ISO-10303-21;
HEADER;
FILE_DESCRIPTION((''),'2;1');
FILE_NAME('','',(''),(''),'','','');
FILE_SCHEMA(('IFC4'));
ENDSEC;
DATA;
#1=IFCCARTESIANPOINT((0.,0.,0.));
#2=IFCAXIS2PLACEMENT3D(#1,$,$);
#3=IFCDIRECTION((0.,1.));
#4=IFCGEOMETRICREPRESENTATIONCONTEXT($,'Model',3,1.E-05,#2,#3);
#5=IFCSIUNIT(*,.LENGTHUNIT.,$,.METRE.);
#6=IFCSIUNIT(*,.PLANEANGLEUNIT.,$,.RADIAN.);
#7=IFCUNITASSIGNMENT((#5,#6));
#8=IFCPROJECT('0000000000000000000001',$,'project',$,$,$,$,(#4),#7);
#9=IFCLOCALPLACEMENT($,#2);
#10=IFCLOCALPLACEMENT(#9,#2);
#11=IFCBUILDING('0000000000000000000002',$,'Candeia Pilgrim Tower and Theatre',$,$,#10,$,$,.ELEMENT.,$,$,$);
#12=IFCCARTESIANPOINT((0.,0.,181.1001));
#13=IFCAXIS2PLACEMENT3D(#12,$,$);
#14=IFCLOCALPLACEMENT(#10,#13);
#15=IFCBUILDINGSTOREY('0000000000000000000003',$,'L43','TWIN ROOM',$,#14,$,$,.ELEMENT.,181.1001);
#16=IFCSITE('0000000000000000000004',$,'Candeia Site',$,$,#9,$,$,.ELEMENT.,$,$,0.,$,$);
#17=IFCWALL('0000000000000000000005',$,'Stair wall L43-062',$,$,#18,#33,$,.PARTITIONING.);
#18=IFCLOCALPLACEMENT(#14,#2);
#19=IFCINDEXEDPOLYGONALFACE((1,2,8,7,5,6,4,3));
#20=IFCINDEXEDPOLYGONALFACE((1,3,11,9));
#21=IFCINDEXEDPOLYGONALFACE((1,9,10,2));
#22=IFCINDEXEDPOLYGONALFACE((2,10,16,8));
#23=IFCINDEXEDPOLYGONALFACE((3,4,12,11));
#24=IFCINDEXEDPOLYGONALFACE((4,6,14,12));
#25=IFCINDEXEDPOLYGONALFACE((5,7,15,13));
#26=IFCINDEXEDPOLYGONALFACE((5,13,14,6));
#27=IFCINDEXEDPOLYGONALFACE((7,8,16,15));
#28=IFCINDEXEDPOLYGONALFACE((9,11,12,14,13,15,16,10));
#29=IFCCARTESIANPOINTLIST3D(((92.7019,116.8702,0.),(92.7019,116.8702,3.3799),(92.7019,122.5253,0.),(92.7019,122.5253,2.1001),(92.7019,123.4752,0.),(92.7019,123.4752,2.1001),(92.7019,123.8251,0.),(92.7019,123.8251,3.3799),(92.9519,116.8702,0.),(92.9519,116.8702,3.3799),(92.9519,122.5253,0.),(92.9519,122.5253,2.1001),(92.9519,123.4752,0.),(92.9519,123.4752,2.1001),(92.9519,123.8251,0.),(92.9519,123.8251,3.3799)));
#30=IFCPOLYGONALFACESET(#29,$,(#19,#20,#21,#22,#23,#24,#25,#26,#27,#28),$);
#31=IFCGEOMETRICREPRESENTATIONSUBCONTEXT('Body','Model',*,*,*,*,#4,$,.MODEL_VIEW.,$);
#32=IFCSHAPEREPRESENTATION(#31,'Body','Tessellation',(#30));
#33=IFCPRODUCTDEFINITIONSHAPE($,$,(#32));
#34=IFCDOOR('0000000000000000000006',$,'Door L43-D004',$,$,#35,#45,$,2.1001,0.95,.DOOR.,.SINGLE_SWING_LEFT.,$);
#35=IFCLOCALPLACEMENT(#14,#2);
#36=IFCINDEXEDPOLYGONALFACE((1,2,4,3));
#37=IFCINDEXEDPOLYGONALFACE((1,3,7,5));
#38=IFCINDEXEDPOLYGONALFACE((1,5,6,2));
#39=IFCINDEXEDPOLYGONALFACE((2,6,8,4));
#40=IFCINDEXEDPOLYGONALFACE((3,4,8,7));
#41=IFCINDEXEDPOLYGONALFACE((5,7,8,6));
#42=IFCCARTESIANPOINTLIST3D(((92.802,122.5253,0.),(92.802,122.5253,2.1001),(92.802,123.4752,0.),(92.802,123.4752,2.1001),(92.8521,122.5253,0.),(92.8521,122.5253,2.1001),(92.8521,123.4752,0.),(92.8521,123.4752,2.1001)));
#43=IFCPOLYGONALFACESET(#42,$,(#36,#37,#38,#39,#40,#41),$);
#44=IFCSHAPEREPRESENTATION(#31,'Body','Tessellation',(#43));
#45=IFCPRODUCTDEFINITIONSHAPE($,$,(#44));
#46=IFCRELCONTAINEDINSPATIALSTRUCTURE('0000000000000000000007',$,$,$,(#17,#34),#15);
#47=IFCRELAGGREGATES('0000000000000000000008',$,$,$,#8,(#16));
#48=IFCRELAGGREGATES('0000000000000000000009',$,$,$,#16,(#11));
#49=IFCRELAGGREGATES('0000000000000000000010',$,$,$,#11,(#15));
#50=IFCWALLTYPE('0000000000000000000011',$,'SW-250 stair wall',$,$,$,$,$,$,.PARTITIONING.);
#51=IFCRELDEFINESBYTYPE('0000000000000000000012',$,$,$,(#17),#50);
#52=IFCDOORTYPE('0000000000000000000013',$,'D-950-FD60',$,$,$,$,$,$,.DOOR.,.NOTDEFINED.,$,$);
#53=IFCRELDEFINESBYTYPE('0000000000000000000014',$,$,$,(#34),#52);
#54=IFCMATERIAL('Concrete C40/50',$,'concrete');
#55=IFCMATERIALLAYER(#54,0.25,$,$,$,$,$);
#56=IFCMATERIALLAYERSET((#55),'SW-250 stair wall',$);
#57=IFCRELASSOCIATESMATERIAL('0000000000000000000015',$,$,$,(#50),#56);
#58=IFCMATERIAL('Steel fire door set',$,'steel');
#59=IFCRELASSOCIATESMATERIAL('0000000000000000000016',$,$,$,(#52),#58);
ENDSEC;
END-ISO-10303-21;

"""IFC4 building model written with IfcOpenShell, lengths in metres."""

from ifc_helpers import new_model, si_unit, direction, frame, frame_2d, origin, place, context, subcontext, project, spatial, rectangle, extrude, material, layer, layer_set, type_object, element, fill, save


model = new_model("IFC4")

# Units and contexts
model_context = context("Model", 3, precision=1e-05, world=origin(), true_north=direction((0.0, 1.0)))
body_context = subcontext(model_context, "Body", "Model", "MODEL_VIEW")
ifc_project = project(units=[si_unit("LENGTHUNIT", "METRE"), si_unit("PLANEANGLEUNIT", "RADIAN")], contexts=[model_context])

# Site, building, storey
site_placement = place(None, origin())
site = spatial("IfcSite", under=ifc_project, at=site_placement, Name="Candeia Site", CompositionType="ELEMENT", RefElevation=0.0)
building_placement = place(site_placement, origin())
building = spatial("IfcBuilding", under=site, at=building_placement, Name="Candeia Pilgrim Tower and Theatre", CompositionType="ELEMENT")
storey_placement = place(building_placement, frame((0.0, 0.0, 181.1001)))
storey = spatial("IfcBuildingStorey", under=building, at=storey_placement, Name="L43", Description="TWIN ROOM", CompositionType="ELEMENT", Elevation=181.1001)

# Shared definitions
ifc_material_1 = material(Name="Concrete C40/50", Category="concrete")

# Shared definitions
ifc_material_2 = material(Name="Steel fire door set", Category="steel")

# Wall, opening, door
ifc_layer_1 = layer(ifc_material_1, 0.25)
ifc_layer_set_1 = layer_set([ifc_layer_1], Name="SW-250 stair wall")
wall_type_1 = type_object("IfcWallType", Name="SW-250 stair wall", PredefinedType="PARTITIONING", material=ifc_layer_set_1)
wall_1_placement = place(storey_placement, frame((92.8269, 116.8701, 0.0), z_axis=(0.0, 0.0, 1.0), x_axis=(0.0, 1.0, 0.0)))
wall_1 = element("IfcWall", 1, at=wall_1_placement, inside=storey, type_object=wall_type_1, Name="Stair wall L43-062", PredefinedType="PARTITIONING", context=body_context, shape_type="SweptSolid", body=[
    extrude(rectangle(XDim=6.9548, YDim=0.25, at=frame_2d((3.4775, 0.0))), origin(), (0.0, 0.0, 1.0), 3.3799),
])
opening_1_placement = place(wall_1_placement, frame((5.655, 0.0, 0.0)))
opening_1 = element("IfcOpeningElement", 2, at=opening_1_placement, cuts=wall_1, PredefinedType="OPENING", context=body_context, shape_type="SweptSolid", body=[
    extrude(rectangle(XDim=0.95, YDim=2.1001, at=frame_2d((0.4751, 1.05))), frame((0.0, 0.135, 0.0), z_axis=(0.0, -1.0, 0.0), x_axis=(1.0, 0.0, 0.0)), (0.0, 0.0, 1.0), 0.27),
])
door_type_1 = type_object("IfcDoorType", Name="D-950-FD60", OperationType="NOTDEFINED", PredefinedType="DOOR", material=ifc_material_2)
door_1_placement = place(opening_1_placement, origin())
door_1 = element("IfcDoor", 3, at=door_1_placement, inside=storey, type_object=door_type_1, Name="Door L43-D004", OperationType="SINGLE_SWING_LEFT", OverallHeight=2.1001, OverallWidth=0.95, PredefinedType="DOOR", context=body_context, shape_type="SweptSolid", body=[
    extrude(rectangle(XDim=0.95, YDim=2.1001, at=frame_2d((0.4751, 1.05))), frame((0.0, 0.0249, 0.0), z_axis=(0.0, -1.0, 0.0), x_axis=(1.0, 0.0, 0.0)), (0.0, 0.0, 1.0), 0.05),
])
fill(opening_1, door_1)

save(model, "model.ifc")
